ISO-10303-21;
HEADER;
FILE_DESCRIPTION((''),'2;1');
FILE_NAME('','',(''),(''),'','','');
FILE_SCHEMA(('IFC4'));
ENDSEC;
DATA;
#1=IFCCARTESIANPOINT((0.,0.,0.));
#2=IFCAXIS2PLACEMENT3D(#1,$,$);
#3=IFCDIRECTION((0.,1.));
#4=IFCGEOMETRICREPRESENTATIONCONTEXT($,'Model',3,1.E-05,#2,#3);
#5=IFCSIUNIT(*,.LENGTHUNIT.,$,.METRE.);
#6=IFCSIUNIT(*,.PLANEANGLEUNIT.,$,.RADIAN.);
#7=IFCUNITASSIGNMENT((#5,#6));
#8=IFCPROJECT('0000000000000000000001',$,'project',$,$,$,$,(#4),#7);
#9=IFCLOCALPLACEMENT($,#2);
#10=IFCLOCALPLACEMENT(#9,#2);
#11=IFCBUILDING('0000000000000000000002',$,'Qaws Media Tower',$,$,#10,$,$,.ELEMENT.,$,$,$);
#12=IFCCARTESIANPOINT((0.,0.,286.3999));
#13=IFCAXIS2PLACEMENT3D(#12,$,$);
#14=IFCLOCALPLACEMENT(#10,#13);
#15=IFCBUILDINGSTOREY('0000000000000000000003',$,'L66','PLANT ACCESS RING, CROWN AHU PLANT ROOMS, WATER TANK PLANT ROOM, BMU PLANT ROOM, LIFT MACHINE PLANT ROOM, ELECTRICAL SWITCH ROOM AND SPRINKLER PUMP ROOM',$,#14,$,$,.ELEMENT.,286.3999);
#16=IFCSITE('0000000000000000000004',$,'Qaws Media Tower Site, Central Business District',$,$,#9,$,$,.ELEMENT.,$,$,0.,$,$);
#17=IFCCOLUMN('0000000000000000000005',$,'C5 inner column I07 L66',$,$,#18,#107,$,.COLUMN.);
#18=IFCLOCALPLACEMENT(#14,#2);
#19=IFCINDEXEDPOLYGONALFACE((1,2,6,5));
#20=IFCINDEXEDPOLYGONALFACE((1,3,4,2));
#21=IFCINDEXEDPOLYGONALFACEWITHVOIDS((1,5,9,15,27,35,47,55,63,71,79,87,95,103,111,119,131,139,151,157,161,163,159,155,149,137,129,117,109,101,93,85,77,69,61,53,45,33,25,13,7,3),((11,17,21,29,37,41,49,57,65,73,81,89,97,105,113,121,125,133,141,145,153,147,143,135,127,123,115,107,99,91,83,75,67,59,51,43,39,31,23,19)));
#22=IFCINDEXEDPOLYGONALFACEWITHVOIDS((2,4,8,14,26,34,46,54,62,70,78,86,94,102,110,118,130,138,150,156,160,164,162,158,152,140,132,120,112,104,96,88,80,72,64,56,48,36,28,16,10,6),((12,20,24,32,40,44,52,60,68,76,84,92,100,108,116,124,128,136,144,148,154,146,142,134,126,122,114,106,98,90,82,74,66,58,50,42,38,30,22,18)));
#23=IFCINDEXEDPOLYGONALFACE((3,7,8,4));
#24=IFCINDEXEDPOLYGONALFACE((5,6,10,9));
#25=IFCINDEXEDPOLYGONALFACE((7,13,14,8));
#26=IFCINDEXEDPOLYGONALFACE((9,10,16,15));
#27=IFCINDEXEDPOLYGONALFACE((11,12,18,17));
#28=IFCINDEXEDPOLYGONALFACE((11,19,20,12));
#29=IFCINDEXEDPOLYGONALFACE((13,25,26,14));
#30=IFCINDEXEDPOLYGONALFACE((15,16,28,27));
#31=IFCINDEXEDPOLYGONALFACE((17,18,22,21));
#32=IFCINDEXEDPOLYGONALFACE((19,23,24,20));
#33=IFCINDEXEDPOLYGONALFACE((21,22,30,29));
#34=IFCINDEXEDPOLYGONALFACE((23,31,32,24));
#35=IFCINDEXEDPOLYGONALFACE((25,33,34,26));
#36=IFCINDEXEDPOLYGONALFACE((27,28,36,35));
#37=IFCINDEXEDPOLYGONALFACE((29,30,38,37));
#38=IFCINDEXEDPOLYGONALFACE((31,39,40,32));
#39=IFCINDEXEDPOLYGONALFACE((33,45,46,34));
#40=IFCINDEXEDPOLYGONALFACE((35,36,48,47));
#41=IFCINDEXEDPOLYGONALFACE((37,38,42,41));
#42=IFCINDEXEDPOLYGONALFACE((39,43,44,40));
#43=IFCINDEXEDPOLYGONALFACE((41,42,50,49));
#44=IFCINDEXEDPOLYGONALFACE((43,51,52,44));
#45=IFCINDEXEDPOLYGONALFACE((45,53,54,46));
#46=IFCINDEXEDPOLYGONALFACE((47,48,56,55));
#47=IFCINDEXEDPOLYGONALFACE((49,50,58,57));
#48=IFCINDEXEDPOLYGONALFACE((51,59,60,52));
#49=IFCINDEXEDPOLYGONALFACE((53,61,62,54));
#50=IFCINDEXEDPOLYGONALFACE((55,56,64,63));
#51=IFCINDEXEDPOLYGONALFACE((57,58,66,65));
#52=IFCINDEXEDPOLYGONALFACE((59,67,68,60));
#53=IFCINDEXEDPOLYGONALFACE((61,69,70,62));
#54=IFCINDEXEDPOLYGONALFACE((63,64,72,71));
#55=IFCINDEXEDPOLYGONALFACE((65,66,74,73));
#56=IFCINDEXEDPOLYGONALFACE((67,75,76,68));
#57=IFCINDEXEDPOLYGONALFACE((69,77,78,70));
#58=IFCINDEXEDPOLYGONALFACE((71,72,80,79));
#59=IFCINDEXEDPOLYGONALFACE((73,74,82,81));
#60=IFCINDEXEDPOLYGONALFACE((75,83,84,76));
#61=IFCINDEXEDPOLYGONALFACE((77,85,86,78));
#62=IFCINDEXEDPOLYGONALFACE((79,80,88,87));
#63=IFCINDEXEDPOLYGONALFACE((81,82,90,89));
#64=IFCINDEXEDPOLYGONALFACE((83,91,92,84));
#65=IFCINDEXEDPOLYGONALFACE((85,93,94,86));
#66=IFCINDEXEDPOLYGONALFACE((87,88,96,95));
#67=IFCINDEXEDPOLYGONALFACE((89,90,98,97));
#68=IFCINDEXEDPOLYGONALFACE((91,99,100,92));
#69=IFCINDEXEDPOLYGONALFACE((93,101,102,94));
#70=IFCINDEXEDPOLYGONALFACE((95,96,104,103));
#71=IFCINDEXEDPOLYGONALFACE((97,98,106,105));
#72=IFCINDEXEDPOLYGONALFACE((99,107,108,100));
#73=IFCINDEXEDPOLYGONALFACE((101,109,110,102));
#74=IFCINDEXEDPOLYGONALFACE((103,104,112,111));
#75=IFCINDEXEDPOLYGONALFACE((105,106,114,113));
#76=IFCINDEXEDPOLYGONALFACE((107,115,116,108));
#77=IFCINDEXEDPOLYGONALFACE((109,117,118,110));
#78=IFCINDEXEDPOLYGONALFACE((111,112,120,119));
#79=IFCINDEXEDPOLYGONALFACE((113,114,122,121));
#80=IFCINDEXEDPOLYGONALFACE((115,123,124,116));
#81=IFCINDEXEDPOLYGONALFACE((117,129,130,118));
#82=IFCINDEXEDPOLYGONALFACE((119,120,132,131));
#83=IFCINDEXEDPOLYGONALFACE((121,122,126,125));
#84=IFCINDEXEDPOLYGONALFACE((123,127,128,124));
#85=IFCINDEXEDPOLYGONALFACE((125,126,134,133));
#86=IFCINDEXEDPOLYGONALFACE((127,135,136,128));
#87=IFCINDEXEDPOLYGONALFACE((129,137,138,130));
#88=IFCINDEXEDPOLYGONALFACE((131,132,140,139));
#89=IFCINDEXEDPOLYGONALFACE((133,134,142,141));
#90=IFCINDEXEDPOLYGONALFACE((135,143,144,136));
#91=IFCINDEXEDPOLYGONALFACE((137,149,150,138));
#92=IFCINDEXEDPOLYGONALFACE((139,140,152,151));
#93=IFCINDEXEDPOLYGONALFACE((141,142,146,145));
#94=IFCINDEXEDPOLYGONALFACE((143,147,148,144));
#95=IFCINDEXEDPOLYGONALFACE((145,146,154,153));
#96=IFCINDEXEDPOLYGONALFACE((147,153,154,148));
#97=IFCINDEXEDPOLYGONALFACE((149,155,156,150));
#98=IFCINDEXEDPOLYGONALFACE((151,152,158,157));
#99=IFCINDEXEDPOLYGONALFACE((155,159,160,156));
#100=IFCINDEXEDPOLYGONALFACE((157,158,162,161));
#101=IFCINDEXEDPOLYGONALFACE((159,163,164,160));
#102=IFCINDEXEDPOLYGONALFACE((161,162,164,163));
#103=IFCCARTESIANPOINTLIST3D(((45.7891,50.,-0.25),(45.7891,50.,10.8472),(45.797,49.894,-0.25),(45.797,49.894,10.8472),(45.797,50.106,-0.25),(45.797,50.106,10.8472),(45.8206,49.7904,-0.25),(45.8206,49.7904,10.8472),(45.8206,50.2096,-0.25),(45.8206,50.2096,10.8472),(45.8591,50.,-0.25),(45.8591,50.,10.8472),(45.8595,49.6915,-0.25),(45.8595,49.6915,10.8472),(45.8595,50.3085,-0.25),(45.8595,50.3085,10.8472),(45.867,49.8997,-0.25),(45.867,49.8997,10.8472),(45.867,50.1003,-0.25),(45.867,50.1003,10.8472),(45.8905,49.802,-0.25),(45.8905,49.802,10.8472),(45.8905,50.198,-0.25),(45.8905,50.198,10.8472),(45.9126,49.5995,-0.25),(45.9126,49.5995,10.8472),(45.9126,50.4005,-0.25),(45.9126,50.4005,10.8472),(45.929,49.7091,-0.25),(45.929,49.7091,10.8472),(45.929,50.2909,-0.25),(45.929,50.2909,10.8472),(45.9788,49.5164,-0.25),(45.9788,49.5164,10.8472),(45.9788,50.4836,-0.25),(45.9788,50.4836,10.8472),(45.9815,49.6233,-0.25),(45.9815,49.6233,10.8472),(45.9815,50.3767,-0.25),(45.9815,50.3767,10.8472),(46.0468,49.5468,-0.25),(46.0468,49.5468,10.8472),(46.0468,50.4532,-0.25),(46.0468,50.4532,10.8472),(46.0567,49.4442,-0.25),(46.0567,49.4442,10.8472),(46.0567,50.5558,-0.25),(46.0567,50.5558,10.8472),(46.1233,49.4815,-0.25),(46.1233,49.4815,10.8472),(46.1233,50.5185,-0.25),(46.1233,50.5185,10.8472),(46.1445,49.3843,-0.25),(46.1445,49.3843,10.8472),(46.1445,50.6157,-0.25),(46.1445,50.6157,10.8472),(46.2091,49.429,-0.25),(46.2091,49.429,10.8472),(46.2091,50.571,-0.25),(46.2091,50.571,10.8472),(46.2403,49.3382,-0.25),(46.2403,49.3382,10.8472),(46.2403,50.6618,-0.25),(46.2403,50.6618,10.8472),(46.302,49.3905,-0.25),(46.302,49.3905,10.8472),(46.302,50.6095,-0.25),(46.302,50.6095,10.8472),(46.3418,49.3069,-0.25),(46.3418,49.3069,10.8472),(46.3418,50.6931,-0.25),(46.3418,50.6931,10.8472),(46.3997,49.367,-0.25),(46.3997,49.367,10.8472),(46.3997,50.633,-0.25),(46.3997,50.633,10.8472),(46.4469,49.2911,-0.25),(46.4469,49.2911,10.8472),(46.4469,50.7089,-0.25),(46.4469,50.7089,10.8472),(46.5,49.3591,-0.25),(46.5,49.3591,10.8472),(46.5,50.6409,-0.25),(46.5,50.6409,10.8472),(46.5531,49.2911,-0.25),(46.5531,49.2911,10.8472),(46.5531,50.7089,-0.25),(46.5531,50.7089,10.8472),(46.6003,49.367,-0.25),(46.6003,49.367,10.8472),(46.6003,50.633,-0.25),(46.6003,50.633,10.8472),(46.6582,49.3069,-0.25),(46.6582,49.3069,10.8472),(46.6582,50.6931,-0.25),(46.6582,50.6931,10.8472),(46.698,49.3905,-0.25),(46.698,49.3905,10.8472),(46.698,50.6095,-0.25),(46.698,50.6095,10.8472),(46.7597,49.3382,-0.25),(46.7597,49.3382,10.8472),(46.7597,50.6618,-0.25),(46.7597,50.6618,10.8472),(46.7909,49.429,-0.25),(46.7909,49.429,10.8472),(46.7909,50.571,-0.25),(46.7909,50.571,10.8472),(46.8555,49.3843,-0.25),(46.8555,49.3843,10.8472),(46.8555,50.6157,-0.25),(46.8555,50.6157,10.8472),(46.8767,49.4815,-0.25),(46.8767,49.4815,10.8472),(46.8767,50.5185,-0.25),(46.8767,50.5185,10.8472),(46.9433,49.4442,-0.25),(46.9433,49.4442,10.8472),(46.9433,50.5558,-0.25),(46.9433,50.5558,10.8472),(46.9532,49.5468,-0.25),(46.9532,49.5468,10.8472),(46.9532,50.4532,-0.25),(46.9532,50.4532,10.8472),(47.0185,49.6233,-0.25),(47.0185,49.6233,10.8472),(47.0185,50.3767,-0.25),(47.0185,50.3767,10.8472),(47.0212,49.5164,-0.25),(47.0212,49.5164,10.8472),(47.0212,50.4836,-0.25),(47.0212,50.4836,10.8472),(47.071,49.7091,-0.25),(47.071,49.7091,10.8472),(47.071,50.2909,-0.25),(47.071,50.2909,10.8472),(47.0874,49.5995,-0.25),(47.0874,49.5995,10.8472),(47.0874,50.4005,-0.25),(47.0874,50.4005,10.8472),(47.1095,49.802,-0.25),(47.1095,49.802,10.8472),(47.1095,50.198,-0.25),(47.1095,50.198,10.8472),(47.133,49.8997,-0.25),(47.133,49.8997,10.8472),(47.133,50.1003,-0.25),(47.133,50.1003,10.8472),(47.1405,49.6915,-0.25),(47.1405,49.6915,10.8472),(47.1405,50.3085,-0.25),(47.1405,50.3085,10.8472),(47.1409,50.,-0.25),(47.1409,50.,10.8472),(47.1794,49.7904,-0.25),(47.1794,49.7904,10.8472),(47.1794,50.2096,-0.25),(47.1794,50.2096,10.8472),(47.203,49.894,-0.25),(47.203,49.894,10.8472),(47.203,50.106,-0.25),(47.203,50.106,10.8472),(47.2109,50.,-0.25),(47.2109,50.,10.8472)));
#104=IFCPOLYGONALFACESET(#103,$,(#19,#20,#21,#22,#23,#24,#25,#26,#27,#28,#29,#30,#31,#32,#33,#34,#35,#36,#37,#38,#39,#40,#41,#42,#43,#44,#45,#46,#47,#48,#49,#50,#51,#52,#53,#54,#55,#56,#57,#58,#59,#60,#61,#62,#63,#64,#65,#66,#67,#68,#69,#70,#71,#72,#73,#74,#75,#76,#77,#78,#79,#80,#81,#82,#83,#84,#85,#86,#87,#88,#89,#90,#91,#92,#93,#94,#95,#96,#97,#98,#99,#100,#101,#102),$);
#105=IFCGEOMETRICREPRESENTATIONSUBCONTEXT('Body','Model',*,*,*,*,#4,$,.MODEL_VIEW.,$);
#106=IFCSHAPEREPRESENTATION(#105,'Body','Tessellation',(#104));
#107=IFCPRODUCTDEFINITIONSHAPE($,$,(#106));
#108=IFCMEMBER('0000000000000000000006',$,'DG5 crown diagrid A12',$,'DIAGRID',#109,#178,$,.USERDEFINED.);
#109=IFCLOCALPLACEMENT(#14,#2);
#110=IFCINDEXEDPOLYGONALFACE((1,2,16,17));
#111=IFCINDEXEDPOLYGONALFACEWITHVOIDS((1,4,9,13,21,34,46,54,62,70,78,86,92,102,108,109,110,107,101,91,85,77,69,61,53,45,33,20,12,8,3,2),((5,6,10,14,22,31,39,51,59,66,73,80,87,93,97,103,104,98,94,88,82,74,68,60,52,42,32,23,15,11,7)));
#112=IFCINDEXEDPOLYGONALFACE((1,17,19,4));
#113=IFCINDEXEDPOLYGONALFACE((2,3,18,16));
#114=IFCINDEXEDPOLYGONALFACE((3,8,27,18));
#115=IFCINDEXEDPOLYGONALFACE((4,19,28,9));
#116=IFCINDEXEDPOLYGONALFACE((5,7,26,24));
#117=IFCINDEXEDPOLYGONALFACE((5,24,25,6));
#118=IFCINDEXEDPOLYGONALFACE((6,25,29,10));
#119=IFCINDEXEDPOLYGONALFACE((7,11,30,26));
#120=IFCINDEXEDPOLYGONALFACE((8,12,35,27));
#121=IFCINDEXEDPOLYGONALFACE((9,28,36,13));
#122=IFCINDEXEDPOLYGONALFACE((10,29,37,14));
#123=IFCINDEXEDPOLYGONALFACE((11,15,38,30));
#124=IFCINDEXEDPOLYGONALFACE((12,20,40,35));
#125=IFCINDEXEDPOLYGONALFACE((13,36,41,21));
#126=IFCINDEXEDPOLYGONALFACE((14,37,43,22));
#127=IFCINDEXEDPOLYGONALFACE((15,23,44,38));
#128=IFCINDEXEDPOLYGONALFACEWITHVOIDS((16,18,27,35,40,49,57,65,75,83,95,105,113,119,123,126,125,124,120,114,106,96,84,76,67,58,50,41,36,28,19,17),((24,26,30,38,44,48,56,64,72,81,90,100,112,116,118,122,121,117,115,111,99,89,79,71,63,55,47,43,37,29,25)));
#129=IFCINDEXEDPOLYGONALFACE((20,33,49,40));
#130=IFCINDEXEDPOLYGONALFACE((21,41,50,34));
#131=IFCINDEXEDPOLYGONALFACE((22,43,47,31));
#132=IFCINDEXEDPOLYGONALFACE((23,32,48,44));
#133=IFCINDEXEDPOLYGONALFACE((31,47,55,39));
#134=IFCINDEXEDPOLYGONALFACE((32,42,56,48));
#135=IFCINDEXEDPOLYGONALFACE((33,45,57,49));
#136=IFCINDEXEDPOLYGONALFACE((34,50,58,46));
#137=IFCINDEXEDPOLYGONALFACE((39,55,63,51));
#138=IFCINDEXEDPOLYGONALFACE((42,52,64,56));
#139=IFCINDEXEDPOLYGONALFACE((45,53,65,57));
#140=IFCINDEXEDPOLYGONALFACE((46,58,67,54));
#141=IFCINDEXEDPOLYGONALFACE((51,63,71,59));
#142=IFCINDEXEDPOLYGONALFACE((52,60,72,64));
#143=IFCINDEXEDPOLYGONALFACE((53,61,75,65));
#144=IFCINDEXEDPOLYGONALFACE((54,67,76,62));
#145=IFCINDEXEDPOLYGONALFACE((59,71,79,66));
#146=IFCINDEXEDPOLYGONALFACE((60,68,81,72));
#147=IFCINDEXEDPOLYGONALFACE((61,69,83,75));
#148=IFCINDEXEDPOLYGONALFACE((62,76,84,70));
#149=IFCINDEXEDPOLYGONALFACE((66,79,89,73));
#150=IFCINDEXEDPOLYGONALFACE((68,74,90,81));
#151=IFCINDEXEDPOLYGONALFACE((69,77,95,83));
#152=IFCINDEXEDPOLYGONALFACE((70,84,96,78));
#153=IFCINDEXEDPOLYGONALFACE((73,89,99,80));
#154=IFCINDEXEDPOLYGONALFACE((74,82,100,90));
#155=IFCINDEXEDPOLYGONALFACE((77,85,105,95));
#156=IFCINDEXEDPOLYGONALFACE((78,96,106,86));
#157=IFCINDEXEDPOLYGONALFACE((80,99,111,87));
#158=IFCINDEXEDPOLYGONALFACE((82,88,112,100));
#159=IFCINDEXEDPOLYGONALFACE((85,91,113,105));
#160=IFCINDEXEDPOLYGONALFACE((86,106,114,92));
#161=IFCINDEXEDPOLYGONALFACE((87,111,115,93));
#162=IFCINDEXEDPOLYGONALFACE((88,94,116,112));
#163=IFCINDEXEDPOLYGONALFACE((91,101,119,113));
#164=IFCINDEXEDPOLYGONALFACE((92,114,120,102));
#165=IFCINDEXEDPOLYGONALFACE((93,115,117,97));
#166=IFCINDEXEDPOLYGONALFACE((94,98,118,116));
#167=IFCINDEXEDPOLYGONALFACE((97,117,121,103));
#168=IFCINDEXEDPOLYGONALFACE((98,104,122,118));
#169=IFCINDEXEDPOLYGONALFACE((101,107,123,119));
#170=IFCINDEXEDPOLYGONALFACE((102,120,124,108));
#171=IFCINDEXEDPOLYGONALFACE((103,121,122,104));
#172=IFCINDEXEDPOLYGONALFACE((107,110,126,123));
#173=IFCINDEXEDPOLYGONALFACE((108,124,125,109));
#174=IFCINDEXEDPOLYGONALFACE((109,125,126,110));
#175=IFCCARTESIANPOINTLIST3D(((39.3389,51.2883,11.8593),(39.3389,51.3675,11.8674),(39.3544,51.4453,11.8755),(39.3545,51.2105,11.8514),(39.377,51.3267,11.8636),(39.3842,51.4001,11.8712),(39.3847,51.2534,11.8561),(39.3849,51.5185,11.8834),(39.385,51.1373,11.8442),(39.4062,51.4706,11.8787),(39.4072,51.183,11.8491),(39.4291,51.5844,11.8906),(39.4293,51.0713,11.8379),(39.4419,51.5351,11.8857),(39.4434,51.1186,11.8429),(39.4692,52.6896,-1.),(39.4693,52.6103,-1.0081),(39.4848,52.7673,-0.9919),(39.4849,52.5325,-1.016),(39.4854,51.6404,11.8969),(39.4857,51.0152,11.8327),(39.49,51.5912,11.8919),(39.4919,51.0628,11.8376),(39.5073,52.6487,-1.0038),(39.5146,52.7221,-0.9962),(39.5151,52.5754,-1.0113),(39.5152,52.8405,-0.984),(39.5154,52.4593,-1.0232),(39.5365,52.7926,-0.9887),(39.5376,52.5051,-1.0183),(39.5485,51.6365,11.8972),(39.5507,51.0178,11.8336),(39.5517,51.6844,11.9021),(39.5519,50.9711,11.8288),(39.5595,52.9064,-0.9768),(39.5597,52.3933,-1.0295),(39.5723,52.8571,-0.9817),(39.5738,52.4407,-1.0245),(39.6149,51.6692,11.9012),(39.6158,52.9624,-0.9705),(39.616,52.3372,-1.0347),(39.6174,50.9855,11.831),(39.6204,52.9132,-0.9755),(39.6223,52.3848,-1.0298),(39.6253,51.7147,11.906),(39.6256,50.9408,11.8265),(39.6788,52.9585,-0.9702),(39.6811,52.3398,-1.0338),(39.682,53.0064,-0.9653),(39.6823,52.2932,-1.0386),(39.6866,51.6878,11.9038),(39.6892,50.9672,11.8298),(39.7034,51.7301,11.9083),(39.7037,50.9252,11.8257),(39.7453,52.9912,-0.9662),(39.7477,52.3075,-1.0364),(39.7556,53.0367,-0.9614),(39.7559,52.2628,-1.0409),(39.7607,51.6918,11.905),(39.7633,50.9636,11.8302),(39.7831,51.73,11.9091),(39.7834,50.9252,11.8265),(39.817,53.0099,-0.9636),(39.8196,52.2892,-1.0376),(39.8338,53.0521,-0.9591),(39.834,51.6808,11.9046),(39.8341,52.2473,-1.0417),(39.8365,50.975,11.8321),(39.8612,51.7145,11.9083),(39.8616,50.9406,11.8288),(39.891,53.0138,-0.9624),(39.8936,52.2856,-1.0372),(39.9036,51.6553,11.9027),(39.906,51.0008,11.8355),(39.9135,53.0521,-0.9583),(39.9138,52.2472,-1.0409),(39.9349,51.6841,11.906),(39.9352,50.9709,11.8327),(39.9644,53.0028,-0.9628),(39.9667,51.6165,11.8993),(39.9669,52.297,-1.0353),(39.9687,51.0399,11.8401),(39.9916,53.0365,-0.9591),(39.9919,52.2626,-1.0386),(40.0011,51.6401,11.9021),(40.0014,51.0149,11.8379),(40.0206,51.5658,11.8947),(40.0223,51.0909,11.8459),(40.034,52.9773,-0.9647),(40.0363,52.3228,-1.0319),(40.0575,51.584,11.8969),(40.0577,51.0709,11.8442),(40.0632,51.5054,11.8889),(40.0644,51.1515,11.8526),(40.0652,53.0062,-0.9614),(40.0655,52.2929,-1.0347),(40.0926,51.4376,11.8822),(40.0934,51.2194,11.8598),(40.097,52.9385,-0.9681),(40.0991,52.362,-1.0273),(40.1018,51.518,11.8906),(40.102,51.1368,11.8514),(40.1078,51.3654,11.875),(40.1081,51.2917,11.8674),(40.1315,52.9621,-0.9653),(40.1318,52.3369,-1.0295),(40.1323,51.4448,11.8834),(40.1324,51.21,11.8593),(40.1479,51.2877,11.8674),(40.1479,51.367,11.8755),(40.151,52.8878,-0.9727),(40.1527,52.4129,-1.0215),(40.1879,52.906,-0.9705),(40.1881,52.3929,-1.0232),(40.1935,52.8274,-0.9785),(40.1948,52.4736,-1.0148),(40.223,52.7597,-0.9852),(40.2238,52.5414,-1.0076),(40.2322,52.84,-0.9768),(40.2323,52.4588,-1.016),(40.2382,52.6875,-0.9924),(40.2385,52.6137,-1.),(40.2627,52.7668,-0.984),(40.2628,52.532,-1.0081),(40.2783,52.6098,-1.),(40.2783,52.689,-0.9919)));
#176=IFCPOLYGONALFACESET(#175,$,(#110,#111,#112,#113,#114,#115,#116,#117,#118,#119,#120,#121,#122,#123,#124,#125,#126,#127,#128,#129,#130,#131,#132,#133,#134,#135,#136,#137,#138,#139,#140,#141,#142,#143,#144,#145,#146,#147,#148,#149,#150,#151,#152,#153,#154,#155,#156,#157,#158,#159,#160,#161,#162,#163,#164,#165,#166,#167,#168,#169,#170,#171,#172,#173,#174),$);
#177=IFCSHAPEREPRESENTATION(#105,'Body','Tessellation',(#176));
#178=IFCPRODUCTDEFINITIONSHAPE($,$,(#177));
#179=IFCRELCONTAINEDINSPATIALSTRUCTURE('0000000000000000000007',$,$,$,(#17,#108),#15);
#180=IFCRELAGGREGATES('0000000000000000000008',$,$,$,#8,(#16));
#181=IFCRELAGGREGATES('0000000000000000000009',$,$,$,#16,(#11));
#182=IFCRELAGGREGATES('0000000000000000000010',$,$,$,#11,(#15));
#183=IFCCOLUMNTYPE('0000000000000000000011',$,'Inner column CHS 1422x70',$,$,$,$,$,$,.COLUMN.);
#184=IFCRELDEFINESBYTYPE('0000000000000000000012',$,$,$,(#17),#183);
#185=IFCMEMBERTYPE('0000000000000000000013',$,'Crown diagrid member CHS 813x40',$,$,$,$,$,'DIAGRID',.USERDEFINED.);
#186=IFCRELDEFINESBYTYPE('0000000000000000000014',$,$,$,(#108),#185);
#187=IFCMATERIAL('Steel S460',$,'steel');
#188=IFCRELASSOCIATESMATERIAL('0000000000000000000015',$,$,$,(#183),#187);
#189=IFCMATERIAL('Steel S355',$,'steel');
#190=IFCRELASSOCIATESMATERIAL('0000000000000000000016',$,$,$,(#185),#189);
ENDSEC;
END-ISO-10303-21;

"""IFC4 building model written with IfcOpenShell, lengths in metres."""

from ifc_helpers import new_model, si_unit, direction, frame, origin, origin_2d, place, context, subcontext, project, spatial, hollow_circle, extrude, material, material_profile, profile_set, type_object, element, save


model = new_model("IFC4")

# Units and contexts
model_context = context("Model", 3, precision=1e-05, world=origin(), true_north=direction((0.0, 1.0)))
body_context = subcontext(model_context, "Body", "Model", "MODEL_VIEW")
ifc_project = project(units=[si_unit("LENGTHUNIT", "METRE"), si_unit("PLANEANGLEUNIT", "RADIAN")], contexts=[model_context])

# Site, building, storey
site_placement = place(None, origin())
site = spatial("IfcSite", under=ifc_project, at=site_placement, Name="Qaws Media Tower Site, Central Business District", CompositionType="ELEMENT", RefElevation=0.0)
building_placement = place(site_placement, origin())
building = spatial("IfcBuilding", under=site, at=building_placement, Name="Qaws Media Tower", CompositionType="ELEMENT")
storey_placement = place(building_placement, frame((0.0, 0.0, 286.3999)))
storey = spatial("IfcBuildingStorey", under=building, at=storey_placement, Name="L66", Description="PLANT ACCESS RING, CROWN AHU PLANT ROOMS, WATER TANK PLANT ROOM, BMU PLANT ROOM, LIFT MACHINE PLANT ROOM, ELECTRICAL SWITCH ROOM AND SPRINKLER PUMP ROOM", CompositionType="ELEMENT", Elevation=286.3999)

# Column
ifc_material_1 = material(Name="Steel S460", Category="steel")
ifc_material_profile_1 = material_profile(ifc_material_1, hollow_circle(Radius=0.7109, WallThickness=0.0701, at=origin_2d()), Name="CHS 1422x70")
ifc_profile_set_1 = profile_set([ifc_material_profile_1], Name="Steel S460")
column_type = type_object("IfcColumnType", Name="Inner column CHS 1422x70", PredefinedType="COLUMN", material=ifc_profile_set_1)
column_placement = place(storey_placement, frame((46.5, 50.0, -0.25), z_axis=(0.0, 0.0, 1.0), x_axis=(1.0, 0.0, 0.0)))
element("IfcColumn", 1, at=column_placement, inside=storey, type_object=column_type, Name="C5 inner column I07 L66", PredefinedType="COLUMN", context=body_context, shape_type="SweptSolid", body=[
    extrude(hollow_circle(Radius=0.7109, WallThickness=0.0701, at=origin_2d()), origin(), (0.0, 0.0, 1.0), 11.0972),
])

# Member
ifc_material_2 = material(Name="Steel S355", Category="steel")
ifc_material_profile_2 = material_profile(ifc_material_2, hollow_circle(Radius=0.4065, WallThickness=0.04, at=origin_2d()), Name="CHS 813x40")
ifc_profile_set_2 = profile_set([ifc_material_profile_2], Name="Steel S355")
member_type_1 = type_object("IfcMemberType", Name="Crown diagrid member CHS 813x40", ElementType="DIAGRID", PredefinedType="USERDEFINED", material=ifc_profile_set_2)
member_1_placement = place(storey_placement, frame((39.8738, 52.6497, -1.0), z_axis=(-0.010078, -0.102198, 0.994713), x_axis=(0.995173, -0.098139, 0.0)))
element("IfcMember", 2, at=member_1_placement, inside=storey, type_object=member_type_1, Name="DG5 crown diagrid A12", ObjectType="DIAGRID", PredefinedType="USERDEFINED", context=body_context, shape_type="SweptSolid", body=[
    extrude(hollow_circle(Radius=0.4065, WallThickness=0.04, at=origin_2d()), origin(), (0.0, 0.0, 1.0), 12.9358),
])

save(model, "model.ifc")
